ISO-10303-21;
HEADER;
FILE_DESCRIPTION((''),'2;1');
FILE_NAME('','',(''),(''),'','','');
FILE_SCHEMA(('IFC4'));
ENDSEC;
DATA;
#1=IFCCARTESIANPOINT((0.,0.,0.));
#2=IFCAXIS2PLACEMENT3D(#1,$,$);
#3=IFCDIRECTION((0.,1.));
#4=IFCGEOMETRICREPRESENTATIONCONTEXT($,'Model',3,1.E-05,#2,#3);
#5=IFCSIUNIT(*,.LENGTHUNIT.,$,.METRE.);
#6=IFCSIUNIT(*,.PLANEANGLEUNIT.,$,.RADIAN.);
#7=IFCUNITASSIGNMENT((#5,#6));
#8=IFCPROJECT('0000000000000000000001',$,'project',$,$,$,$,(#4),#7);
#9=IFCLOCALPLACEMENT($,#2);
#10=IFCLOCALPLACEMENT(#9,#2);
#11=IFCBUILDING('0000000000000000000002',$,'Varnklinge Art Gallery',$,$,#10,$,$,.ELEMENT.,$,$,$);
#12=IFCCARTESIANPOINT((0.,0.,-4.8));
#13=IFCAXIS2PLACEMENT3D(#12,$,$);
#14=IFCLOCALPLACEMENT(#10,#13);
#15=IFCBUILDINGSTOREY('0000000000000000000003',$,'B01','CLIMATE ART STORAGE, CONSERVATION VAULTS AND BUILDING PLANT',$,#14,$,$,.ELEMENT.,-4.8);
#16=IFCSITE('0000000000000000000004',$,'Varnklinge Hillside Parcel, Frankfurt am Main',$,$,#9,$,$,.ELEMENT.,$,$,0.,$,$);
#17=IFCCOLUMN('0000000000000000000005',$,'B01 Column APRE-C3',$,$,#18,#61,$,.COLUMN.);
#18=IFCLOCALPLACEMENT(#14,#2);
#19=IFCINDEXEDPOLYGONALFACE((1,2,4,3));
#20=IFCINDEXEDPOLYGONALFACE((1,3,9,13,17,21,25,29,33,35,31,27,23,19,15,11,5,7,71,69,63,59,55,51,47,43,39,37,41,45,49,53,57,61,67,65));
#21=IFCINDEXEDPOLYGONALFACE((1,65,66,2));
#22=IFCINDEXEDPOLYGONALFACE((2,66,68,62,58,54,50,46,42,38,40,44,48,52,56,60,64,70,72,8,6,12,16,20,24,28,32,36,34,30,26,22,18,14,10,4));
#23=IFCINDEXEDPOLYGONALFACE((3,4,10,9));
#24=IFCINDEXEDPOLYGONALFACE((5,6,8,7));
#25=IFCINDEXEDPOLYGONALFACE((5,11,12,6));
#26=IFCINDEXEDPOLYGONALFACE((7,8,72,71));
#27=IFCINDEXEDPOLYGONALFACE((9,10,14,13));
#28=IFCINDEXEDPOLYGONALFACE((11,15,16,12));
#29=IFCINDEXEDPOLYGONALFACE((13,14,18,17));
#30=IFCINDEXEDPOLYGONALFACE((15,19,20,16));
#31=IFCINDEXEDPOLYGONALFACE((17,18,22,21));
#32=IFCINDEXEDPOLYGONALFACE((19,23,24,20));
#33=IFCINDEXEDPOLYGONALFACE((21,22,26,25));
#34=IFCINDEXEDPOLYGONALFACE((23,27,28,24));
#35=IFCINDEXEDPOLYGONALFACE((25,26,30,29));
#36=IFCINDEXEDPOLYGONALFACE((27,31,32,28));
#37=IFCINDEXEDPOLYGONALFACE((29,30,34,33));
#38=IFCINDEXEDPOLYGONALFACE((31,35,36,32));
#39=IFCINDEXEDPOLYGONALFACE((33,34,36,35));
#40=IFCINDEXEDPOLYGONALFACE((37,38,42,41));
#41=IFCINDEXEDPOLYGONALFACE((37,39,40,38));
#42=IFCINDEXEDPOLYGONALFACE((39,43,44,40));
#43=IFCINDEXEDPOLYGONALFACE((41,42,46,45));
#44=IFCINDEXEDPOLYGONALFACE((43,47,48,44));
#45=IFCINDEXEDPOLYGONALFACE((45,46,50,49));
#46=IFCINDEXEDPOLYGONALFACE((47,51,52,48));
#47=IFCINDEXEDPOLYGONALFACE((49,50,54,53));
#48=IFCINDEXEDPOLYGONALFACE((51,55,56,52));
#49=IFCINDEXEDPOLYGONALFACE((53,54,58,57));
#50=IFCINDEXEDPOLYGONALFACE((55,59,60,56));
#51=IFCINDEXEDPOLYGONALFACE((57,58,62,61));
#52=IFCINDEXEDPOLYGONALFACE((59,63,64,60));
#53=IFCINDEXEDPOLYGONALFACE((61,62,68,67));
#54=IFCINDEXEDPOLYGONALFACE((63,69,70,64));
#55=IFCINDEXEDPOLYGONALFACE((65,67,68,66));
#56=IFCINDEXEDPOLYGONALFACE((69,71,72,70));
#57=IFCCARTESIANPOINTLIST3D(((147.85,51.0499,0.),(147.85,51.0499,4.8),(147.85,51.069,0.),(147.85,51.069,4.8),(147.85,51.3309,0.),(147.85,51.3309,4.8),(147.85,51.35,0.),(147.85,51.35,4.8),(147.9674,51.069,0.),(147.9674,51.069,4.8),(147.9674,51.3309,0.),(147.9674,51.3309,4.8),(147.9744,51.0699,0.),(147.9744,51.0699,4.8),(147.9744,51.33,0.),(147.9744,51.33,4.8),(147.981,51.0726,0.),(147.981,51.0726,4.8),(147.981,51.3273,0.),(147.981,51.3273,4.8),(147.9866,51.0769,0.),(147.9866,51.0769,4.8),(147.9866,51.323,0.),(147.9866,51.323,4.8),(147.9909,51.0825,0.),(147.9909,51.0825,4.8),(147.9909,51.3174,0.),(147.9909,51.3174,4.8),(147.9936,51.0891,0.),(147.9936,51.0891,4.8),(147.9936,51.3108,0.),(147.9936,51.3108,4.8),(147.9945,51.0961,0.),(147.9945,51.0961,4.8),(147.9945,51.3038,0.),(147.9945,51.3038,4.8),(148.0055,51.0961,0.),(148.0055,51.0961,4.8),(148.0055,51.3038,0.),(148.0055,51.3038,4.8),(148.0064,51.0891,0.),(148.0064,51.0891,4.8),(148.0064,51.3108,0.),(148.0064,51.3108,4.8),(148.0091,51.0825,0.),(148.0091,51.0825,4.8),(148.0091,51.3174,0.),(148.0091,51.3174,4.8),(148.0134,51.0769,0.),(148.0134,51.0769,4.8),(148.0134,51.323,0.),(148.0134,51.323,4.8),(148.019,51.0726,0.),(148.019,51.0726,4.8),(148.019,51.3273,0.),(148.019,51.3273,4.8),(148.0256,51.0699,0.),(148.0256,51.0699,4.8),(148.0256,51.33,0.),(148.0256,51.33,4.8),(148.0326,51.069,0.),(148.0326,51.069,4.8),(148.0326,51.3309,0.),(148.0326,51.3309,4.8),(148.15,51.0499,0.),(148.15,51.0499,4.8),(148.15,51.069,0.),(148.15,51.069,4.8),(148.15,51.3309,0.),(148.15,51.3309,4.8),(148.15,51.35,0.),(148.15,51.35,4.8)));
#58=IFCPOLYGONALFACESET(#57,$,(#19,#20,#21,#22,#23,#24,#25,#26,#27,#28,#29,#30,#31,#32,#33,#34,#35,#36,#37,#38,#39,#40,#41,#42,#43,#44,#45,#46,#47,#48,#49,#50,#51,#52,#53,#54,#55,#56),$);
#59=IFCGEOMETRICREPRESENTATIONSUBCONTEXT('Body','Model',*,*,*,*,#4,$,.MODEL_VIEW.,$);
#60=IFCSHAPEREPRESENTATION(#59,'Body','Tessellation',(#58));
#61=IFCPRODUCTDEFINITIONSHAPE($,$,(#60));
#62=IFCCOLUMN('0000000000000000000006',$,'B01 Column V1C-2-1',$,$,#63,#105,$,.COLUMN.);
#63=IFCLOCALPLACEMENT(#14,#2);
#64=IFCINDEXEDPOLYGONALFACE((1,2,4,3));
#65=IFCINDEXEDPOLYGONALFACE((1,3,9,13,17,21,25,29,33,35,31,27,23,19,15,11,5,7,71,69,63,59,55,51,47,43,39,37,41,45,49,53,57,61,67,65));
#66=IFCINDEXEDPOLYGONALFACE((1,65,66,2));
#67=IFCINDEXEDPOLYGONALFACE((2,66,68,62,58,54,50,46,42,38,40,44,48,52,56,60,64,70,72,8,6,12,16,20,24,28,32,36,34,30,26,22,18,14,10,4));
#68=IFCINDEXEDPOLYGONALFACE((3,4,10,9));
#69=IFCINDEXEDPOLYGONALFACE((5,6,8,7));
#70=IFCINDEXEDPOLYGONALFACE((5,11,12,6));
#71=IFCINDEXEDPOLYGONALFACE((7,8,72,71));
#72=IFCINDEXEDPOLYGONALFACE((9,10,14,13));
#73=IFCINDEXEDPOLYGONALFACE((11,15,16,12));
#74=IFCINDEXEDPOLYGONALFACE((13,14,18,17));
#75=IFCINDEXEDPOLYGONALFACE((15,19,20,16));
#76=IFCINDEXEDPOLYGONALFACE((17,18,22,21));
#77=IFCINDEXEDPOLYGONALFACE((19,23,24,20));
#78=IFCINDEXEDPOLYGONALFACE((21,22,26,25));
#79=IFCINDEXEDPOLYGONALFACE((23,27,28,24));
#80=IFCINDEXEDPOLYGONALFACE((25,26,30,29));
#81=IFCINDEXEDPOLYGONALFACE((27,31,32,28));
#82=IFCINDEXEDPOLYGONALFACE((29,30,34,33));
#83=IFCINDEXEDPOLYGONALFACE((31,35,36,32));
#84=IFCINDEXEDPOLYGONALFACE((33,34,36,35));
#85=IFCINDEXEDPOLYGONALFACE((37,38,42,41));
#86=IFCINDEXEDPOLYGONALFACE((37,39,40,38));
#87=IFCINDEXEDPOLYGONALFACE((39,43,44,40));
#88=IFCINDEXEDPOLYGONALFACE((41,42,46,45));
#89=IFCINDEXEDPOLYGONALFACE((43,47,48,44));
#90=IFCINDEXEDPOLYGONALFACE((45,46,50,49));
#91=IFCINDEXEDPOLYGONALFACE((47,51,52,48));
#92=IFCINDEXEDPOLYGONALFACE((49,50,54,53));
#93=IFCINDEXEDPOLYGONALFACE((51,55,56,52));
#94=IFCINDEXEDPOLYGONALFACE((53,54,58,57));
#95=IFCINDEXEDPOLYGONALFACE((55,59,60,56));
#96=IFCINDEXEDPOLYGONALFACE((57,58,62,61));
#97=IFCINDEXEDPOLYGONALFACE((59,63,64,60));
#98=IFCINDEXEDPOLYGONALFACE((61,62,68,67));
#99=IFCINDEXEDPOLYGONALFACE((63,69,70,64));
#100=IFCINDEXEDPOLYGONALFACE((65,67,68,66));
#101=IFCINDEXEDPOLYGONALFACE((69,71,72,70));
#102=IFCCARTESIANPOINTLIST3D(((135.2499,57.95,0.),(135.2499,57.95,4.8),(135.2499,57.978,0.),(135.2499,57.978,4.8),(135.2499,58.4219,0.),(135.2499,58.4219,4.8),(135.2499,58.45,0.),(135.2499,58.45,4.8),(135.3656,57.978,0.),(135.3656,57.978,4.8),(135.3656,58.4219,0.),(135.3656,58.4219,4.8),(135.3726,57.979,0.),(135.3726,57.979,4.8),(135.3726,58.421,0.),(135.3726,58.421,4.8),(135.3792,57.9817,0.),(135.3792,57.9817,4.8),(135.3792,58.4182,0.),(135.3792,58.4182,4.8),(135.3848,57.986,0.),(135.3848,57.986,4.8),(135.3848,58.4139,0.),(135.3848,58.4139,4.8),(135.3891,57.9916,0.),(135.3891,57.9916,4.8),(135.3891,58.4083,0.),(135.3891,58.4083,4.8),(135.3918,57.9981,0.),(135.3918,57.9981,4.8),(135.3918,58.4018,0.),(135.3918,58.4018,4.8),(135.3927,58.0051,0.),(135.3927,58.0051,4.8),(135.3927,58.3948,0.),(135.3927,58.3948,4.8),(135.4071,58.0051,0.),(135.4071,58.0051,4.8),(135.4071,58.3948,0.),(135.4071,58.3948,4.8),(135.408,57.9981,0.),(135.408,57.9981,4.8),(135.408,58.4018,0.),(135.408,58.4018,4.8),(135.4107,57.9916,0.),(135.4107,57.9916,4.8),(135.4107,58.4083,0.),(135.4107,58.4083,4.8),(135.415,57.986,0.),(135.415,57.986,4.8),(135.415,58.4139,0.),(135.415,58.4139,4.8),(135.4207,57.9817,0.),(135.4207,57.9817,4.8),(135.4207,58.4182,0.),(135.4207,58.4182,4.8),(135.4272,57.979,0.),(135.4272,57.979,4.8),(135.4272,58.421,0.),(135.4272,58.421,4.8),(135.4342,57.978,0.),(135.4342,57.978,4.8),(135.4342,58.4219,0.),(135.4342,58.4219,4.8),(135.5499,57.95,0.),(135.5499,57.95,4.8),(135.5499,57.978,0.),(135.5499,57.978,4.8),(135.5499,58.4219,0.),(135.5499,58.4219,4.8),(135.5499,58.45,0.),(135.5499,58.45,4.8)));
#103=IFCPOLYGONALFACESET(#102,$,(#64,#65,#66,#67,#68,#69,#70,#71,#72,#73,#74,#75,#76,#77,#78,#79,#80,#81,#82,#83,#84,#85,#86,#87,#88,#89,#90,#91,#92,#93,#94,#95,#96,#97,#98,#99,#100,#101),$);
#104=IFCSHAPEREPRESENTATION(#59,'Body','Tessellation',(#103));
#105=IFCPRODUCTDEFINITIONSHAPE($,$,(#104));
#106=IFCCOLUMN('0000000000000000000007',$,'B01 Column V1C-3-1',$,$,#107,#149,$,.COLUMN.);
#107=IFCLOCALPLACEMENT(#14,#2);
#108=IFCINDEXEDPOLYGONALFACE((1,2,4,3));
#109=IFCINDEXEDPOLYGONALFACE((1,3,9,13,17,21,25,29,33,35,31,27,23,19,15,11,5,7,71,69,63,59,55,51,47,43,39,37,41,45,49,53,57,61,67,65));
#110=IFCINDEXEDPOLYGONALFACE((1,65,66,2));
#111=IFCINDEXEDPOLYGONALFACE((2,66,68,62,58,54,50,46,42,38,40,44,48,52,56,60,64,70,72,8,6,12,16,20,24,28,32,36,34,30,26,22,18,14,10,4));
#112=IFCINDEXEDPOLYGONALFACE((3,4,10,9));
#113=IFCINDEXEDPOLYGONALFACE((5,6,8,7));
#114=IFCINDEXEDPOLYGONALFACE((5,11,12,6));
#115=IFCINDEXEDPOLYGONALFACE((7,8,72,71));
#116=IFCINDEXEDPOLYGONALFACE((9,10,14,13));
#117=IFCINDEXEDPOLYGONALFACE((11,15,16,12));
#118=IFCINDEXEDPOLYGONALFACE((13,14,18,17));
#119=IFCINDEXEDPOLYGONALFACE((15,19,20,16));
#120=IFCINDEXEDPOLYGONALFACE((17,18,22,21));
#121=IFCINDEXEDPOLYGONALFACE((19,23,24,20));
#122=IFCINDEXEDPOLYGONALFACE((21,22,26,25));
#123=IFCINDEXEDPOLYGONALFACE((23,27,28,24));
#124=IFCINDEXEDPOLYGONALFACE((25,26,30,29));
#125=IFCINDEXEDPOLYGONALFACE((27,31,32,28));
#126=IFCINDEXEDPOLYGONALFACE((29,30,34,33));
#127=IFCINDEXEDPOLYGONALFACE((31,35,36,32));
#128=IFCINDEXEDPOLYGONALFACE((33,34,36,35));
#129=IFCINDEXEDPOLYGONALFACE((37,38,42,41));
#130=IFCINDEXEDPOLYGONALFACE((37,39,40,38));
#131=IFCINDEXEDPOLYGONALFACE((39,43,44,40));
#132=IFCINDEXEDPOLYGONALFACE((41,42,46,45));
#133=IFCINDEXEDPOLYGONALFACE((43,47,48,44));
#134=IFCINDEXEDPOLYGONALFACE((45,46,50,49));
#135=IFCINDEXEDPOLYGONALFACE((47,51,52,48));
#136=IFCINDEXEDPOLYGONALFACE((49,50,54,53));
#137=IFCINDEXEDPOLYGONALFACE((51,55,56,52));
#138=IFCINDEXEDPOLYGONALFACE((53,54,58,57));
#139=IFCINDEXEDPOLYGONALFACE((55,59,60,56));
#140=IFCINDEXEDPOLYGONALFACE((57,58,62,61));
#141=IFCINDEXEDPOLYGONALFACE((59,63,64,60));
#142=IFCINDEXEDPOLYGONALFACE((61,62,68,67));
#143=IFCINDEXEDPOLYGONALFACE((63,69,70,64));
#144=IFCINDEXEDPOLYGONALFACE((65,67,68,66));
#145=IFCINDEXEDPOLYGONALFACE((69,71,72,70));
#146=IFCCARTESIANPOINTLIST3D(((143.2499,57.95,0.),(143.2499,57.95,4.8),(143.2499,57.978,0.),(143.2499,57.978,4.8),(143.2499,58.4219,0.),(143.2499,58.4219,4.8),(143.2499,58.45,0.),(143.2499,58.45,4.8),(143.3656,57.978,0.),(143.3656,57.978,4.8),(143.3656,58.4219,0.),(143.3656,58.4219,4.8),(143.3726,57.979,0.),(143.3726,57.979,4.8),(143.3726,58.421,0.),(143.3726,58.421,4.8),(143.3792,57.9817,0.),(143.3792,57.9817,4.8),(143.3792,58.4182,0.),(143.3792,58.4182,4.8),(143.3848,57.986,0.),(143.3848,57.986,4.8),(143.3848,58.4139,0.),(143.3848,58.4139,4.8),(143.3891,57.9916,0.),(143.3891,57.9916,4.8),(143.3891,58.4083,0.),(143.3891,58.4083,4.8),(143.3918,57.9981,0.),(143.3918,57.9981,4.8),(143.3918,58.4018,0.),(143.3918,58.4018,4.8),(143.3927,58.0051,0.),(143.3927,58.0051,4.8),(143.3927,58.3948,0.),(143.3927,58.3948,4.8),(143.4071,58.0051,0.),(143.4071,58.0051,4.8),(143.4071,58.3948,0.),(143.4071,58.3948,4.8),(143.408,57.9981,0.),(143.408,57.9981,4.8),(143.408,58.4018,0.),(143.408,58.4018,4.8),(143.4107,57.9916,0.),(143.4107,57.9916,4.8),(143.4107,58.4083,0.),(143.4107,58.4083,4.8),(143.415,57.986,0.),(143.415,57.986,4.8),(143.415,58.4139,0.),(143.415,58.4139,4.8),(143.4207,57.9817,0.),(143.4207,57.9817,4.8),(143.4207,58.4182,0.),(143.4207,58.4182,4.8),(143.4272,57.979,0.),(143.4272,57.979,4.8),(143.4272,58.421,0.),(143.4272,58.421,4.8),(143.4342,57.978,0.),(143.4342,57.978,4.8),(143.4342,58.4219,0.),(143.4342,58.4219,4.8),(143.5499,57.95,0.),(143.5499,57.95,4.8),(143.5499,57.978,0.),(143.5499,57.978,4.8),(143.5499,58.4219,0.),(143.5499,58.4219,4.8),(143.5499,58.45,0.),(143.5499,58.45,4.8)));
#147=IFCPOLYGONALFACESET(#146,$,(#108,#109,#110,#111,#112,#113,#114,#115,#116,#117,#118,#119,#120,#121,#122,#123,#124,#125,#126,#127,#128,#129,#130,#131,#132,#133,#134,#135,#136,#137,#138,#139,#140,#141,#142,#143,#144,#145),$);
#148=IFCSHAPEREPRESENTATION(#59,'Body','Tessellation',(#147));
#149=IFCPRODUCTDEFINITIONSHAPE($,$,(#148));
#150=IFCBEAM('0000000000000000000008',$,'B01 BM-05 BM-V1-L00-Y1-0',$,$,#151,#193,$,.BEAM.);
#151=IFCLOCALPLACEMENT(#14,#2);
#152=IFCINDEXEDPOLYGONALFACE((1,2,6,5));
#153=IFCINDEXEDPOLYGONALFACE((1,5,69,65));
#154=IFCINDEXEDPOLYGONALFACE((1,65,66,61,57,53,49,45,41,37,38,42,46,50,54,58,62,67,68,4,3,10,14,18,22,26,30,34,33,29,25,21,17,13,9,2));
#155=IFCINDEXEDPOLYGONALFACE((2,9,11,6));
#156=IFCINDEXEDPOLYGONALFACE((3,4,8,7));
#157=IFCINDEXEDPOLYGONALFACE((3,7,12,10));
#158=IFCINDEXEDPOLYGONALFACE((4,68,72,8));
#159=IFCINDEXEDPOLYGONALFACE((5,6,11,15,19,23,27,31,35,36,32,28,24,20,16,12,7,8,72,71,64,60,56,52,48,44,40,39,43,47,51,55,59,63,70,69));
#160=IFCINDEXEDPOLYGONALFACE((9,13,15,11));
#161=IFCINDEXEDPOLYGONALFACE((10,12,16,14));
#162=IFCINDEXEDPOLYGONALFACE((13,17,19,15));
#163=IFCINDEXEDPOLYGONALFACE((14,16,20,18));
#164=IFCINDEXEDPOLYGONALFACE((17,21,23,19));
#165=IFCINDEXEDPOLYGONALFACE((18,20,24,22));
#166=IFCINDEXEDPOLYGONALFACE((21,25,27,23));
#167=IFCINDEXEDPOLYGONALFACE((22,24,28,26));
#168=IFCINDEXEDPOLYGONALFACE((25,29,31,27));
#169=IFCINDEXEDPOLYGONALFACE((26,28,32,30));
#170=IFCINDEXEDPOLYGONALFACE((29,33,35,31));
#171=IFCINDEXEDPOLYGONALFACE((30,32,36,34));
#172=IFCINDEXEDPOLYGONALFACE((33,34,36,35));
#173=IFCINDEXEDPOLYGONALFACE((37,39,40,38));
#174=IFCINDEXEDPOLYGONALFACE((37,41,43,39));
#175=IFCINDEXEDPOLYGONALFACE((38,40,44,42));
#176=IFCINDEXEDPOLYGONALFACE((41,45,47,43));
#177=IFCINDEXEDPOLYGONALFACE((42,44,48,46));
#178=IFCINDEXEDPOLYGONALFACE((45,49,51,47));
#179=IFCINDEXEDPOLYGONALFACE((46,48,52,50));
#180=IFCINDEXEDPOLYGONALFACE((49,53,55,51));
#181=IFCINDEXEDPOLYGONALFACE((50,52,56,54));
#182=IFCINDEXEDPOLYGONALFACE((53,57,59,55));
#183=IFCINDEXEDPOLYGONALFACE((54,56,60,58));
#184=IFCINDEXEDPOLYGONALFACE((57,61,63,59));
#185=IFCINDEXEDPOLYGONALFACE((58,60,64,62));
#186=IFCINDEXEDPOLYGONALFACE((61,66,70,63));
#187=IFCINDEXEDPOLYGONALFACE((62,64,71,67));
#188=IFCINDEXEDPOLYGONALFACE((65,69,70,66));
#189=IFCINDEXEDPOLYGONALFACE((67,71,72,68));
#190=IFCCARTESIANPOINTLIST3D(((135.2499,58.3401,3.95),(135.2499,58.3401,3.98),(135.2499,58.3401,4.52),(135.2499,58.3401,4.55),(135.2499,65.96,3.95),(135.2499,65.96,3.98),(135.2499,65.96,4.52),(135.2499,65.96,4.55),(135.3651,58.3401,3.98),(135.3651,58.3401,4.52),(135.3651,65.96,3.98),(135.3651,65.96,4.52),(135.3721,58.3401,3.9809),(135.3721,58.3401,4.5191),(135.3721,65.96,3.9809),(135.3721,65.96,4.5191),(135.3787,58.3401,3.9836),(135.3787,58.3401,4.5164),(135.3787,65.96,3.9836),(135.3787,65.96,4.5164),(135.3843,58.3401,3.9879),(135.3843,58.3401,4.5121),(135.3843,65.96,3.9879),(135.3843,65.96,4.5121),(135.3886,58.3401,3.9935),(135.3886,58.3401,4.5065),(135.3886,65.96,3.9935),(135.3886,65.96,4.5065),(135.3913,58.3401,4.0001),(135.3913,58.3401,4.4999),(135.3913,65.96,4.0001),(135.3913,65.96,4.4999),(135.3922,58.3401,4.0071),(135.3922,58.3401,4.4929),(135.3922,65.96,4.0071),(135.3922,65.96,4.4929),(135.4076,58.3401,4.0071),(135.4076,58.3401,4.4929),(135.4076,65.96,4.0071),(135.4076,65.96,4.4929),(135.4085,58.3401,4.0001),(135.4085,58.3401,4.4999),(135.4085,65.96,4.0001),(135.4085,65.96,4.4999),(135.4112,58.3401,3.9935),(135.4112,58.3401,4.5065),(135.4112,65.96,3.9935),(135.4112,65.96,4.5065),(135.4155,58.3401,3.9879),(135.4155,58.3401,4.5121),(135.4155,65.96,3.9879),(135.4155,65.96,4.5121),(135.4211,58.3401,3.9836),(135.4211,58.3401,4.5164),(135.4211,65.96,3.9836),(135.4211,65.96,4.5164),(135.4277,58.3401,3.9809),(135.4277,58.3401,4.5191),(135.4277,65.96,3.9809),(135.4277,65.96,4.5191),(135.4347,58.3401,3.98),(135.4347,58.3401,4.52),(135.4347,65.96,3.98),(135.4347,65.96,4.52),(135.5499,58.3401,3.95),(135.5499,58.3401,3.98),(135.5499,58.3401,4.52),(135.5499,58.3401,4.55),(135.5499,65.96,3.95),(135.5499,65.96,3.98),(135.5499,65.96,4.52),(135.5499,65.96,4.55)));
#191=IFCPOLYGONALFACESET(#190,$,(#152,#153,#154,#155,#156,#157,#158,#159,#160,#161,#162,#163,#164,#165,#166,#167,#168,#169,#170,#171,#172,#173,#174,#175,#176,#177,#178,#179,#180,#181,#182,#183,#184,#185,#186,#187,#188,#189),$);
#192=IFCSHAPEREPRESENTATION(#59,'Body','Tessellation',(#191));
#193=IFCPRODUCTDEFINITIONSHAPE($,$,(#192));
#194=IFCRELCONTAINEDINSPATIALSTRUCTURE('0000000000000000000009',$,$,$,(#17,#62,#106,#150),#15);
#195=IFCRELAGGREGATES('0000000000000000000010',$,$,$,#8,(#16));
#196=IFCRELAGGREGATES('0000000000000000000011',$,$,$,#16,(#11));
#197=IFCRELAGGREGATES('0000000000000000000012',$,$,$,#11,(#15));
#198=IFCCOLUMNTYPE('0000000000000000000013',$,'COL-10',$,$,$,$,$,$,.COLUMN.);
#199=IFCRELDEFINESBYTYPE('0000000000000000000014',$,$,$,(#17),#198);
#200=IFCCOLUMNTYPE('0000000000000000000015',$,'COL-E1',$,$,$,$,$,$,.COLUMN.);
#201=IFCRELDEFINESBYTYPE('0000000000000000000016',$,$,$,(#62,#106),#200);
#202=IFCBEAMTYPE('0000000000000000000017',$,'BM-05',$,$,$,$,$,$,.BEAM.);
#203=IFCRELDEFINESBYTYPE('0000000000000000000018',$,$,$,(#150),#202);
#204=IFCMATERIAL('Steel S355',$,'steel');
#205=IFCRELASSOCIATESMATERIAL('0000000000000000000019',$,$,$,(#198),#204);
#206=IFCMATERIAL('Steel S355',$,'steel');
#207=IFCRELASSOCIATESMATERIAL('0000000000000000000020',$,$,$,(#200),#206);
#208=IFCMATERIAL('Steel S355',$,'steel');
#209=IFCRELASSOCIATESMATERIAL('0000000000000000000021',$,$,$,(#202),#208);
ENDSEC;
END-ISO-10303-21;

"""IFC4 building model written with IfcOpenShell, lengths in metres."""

from ifc_helpers import new_model, si_unit, direction, frame, origin, origin_2d, place, context, subcontext, project, spatial, i_section, extrude, material, material_profile, profile_set, type_object, element, save


model = new_model("IFC4")

# Units and contexts
model_context = context("Model", 3, precision=1e-05, world=origin(), true_north=direction((0.0, 1.0)))
body_context = subcontext(model_context, "Body", "Model", "MODEL_VIEW")
ifc_project = project(units=[si_unit("LENGTHUNIT", "METRE"), si_unit("PLANEANGLEUNIT", "RADIAN")], contexts=[model_context])

# Site, building, storey
site_placement = place(None, origin())
site = spatial("IfcSite", under=ifc_project, at=site_placement, Name="Varnklinge Hillside Parcel, Frankfurt am Main", CompositionType="ELEMENT", RefElevation=0.0)
building_placement = place(site_placement, origin())
building = spatial("IfcBuilding", under=site, at=building_placement, Name="Varnklinge Art Gallery", CompositionType="ELEMENT")
storey_placement = place(building_placement, frame((0.0, 0.0, -4.8)))
storey = spatial("IfcBuildingStorey", under=building, at=storey_placement, Name="B01", Description="CLIMATE ART STORAGE, CONSERVATION VAULTS AND BUILDING PLANT", CompositionType="ELEMENT", Elevation=-4.8)

# Columns
ifc_material_1 = material(Name="Steel S355", Category="steel")
ifc_material_profile_1 = material_profile(ifc_material_1, i_section(OverallWidth=0.3, OverallDepth=0.3, WebThickness=0.011, FlangeThickness=0.019, FilletRadius=0.0271, at=origin_2d()), Name="HEB 300")
ifc_profile_set_1 = profile_set([ifc_material_profile_1], Name="Steel S355")
column_type_1 = type_object("IfcColumnType", Name="COL-10", PredefinedType="COLUMN", material=ifc_profile_set_1)
column_1_placement = place(storey_placement, frame((148.0, 51.2, 0.0), z_axis=(0.0, 0.0, 1.0), x_axis=(1.0, 0.0, 0.0)))
element("IfcColumn", 1, at=column_1_placement, inside=storey, type_object=column_type_1, Name="B01 Column APRE-C3", PredefinedType="COLUMN", context=body_context, shape_type="SweptSolid", body=[
    extrude(i_section(OverallWidth=0.3, OverallDepth=0.3, WebThickness=0.011, FlangeThickness=0.019, FilletRadius=0.0271, at=origin_2d()), origin(), (0.0, 0.0, 1.0), 4.8),
])
ifc_material_2 = material(Name="Steel S355", Category="steel")
ifc_material_profile_2 = material_profile(ifc_material_2, i_section(OverallWidth=0.3, OverallDepth=0.5, WebThickness=0.0144, FlangeThickness=0.0281, FilletRadius=0.0271, at=origin_2d()), Name="HEB 500")
ifc_profile_set_2 = profile_set([ifc_material_profile_2], Name="Steel S355")
column_type_2 = type_object("IfcColumnType", Name="COL-E1", PredefinedType="COLUMN", material=ifc_profile_set_2)
for number, where, z_axis, x_axis, name in (
    (2, (135.3999, 58.2, 0.0), (0.0, 0.0, 1.0), (1.0, 0.0, 0.0), "B01 Column V1C-2-1"),
    (3, (143.3999, 58.2, 0.0), (0.0, 0.0, 1.0), (1.0, 0.0, 0.0), "B01 Column V1C-3-1"),
):
    element("IfcColumn", number, at=place(storey_placement, frame(where, z_axis=z_axis, x_axis=x_axis)), inside=storey, type_object=column_type_2, Name=name, PredefinedType="COLUMN", context=body_context, shape_type="SweptSolid", body=[
        extrude(i_section(OverallWidth=0.3, OverallDepth=0.5, WebThickness=0.0144, FlangeThickness=0.0281, FilletRadius=0.0271, at=origin_2d()), origin(), (0.0, 0.0, 1.0), 4.8),
    ])

# Beam
ifc_material_3 = material(Name="Steel S355", Category="steel")
ifc_material_profile_3 = material_profile(ifc_material_3, i_section(OverallWidth=0.3, OverallDepth=0.6001, WebThickness=0.0154, FlangeThickness=0.03, FilletRadius=0.0271, at=origin_2d()), Name="HEB 600")
ifc_profile_set_3 = profile_set([ifc_material_profile_3], Name="Steel S355")
beam_type_1 = type_object("IfcBeamType", Name="BM-05", PredefinedType="BEAM", material=ifc_profile_set_3)
for number, where, z_axis, x_axis, name in (
    (4, (135.3999, 58.3401, 4.25), (0.0, 1.0, 0.0), (-1.0, 0.0, 0.0), "B01 BM-05 BM-V1-L00-Y1-0"),
):
    element("IfcBeam", number, at=place(storey_placement, frame(where, z_axis=z_axis, x_axis=x_axis)), inside=storey, type_object=beam_type_1, Name=name, PredefinedType="BEAM", context=body_context, shape_type="SweptSolid", body=[
        extrude(i_section(OverallWidth=0.3, OverallDepth=0.6001, WebThickness=0.0154, FlangeThickness=0.03, FilletRadius=0.0271, at=origin_2d()), origin(), (0.0, 0.0, 1.0), 7.6199),
    ])

save(model, "model.ifc")
